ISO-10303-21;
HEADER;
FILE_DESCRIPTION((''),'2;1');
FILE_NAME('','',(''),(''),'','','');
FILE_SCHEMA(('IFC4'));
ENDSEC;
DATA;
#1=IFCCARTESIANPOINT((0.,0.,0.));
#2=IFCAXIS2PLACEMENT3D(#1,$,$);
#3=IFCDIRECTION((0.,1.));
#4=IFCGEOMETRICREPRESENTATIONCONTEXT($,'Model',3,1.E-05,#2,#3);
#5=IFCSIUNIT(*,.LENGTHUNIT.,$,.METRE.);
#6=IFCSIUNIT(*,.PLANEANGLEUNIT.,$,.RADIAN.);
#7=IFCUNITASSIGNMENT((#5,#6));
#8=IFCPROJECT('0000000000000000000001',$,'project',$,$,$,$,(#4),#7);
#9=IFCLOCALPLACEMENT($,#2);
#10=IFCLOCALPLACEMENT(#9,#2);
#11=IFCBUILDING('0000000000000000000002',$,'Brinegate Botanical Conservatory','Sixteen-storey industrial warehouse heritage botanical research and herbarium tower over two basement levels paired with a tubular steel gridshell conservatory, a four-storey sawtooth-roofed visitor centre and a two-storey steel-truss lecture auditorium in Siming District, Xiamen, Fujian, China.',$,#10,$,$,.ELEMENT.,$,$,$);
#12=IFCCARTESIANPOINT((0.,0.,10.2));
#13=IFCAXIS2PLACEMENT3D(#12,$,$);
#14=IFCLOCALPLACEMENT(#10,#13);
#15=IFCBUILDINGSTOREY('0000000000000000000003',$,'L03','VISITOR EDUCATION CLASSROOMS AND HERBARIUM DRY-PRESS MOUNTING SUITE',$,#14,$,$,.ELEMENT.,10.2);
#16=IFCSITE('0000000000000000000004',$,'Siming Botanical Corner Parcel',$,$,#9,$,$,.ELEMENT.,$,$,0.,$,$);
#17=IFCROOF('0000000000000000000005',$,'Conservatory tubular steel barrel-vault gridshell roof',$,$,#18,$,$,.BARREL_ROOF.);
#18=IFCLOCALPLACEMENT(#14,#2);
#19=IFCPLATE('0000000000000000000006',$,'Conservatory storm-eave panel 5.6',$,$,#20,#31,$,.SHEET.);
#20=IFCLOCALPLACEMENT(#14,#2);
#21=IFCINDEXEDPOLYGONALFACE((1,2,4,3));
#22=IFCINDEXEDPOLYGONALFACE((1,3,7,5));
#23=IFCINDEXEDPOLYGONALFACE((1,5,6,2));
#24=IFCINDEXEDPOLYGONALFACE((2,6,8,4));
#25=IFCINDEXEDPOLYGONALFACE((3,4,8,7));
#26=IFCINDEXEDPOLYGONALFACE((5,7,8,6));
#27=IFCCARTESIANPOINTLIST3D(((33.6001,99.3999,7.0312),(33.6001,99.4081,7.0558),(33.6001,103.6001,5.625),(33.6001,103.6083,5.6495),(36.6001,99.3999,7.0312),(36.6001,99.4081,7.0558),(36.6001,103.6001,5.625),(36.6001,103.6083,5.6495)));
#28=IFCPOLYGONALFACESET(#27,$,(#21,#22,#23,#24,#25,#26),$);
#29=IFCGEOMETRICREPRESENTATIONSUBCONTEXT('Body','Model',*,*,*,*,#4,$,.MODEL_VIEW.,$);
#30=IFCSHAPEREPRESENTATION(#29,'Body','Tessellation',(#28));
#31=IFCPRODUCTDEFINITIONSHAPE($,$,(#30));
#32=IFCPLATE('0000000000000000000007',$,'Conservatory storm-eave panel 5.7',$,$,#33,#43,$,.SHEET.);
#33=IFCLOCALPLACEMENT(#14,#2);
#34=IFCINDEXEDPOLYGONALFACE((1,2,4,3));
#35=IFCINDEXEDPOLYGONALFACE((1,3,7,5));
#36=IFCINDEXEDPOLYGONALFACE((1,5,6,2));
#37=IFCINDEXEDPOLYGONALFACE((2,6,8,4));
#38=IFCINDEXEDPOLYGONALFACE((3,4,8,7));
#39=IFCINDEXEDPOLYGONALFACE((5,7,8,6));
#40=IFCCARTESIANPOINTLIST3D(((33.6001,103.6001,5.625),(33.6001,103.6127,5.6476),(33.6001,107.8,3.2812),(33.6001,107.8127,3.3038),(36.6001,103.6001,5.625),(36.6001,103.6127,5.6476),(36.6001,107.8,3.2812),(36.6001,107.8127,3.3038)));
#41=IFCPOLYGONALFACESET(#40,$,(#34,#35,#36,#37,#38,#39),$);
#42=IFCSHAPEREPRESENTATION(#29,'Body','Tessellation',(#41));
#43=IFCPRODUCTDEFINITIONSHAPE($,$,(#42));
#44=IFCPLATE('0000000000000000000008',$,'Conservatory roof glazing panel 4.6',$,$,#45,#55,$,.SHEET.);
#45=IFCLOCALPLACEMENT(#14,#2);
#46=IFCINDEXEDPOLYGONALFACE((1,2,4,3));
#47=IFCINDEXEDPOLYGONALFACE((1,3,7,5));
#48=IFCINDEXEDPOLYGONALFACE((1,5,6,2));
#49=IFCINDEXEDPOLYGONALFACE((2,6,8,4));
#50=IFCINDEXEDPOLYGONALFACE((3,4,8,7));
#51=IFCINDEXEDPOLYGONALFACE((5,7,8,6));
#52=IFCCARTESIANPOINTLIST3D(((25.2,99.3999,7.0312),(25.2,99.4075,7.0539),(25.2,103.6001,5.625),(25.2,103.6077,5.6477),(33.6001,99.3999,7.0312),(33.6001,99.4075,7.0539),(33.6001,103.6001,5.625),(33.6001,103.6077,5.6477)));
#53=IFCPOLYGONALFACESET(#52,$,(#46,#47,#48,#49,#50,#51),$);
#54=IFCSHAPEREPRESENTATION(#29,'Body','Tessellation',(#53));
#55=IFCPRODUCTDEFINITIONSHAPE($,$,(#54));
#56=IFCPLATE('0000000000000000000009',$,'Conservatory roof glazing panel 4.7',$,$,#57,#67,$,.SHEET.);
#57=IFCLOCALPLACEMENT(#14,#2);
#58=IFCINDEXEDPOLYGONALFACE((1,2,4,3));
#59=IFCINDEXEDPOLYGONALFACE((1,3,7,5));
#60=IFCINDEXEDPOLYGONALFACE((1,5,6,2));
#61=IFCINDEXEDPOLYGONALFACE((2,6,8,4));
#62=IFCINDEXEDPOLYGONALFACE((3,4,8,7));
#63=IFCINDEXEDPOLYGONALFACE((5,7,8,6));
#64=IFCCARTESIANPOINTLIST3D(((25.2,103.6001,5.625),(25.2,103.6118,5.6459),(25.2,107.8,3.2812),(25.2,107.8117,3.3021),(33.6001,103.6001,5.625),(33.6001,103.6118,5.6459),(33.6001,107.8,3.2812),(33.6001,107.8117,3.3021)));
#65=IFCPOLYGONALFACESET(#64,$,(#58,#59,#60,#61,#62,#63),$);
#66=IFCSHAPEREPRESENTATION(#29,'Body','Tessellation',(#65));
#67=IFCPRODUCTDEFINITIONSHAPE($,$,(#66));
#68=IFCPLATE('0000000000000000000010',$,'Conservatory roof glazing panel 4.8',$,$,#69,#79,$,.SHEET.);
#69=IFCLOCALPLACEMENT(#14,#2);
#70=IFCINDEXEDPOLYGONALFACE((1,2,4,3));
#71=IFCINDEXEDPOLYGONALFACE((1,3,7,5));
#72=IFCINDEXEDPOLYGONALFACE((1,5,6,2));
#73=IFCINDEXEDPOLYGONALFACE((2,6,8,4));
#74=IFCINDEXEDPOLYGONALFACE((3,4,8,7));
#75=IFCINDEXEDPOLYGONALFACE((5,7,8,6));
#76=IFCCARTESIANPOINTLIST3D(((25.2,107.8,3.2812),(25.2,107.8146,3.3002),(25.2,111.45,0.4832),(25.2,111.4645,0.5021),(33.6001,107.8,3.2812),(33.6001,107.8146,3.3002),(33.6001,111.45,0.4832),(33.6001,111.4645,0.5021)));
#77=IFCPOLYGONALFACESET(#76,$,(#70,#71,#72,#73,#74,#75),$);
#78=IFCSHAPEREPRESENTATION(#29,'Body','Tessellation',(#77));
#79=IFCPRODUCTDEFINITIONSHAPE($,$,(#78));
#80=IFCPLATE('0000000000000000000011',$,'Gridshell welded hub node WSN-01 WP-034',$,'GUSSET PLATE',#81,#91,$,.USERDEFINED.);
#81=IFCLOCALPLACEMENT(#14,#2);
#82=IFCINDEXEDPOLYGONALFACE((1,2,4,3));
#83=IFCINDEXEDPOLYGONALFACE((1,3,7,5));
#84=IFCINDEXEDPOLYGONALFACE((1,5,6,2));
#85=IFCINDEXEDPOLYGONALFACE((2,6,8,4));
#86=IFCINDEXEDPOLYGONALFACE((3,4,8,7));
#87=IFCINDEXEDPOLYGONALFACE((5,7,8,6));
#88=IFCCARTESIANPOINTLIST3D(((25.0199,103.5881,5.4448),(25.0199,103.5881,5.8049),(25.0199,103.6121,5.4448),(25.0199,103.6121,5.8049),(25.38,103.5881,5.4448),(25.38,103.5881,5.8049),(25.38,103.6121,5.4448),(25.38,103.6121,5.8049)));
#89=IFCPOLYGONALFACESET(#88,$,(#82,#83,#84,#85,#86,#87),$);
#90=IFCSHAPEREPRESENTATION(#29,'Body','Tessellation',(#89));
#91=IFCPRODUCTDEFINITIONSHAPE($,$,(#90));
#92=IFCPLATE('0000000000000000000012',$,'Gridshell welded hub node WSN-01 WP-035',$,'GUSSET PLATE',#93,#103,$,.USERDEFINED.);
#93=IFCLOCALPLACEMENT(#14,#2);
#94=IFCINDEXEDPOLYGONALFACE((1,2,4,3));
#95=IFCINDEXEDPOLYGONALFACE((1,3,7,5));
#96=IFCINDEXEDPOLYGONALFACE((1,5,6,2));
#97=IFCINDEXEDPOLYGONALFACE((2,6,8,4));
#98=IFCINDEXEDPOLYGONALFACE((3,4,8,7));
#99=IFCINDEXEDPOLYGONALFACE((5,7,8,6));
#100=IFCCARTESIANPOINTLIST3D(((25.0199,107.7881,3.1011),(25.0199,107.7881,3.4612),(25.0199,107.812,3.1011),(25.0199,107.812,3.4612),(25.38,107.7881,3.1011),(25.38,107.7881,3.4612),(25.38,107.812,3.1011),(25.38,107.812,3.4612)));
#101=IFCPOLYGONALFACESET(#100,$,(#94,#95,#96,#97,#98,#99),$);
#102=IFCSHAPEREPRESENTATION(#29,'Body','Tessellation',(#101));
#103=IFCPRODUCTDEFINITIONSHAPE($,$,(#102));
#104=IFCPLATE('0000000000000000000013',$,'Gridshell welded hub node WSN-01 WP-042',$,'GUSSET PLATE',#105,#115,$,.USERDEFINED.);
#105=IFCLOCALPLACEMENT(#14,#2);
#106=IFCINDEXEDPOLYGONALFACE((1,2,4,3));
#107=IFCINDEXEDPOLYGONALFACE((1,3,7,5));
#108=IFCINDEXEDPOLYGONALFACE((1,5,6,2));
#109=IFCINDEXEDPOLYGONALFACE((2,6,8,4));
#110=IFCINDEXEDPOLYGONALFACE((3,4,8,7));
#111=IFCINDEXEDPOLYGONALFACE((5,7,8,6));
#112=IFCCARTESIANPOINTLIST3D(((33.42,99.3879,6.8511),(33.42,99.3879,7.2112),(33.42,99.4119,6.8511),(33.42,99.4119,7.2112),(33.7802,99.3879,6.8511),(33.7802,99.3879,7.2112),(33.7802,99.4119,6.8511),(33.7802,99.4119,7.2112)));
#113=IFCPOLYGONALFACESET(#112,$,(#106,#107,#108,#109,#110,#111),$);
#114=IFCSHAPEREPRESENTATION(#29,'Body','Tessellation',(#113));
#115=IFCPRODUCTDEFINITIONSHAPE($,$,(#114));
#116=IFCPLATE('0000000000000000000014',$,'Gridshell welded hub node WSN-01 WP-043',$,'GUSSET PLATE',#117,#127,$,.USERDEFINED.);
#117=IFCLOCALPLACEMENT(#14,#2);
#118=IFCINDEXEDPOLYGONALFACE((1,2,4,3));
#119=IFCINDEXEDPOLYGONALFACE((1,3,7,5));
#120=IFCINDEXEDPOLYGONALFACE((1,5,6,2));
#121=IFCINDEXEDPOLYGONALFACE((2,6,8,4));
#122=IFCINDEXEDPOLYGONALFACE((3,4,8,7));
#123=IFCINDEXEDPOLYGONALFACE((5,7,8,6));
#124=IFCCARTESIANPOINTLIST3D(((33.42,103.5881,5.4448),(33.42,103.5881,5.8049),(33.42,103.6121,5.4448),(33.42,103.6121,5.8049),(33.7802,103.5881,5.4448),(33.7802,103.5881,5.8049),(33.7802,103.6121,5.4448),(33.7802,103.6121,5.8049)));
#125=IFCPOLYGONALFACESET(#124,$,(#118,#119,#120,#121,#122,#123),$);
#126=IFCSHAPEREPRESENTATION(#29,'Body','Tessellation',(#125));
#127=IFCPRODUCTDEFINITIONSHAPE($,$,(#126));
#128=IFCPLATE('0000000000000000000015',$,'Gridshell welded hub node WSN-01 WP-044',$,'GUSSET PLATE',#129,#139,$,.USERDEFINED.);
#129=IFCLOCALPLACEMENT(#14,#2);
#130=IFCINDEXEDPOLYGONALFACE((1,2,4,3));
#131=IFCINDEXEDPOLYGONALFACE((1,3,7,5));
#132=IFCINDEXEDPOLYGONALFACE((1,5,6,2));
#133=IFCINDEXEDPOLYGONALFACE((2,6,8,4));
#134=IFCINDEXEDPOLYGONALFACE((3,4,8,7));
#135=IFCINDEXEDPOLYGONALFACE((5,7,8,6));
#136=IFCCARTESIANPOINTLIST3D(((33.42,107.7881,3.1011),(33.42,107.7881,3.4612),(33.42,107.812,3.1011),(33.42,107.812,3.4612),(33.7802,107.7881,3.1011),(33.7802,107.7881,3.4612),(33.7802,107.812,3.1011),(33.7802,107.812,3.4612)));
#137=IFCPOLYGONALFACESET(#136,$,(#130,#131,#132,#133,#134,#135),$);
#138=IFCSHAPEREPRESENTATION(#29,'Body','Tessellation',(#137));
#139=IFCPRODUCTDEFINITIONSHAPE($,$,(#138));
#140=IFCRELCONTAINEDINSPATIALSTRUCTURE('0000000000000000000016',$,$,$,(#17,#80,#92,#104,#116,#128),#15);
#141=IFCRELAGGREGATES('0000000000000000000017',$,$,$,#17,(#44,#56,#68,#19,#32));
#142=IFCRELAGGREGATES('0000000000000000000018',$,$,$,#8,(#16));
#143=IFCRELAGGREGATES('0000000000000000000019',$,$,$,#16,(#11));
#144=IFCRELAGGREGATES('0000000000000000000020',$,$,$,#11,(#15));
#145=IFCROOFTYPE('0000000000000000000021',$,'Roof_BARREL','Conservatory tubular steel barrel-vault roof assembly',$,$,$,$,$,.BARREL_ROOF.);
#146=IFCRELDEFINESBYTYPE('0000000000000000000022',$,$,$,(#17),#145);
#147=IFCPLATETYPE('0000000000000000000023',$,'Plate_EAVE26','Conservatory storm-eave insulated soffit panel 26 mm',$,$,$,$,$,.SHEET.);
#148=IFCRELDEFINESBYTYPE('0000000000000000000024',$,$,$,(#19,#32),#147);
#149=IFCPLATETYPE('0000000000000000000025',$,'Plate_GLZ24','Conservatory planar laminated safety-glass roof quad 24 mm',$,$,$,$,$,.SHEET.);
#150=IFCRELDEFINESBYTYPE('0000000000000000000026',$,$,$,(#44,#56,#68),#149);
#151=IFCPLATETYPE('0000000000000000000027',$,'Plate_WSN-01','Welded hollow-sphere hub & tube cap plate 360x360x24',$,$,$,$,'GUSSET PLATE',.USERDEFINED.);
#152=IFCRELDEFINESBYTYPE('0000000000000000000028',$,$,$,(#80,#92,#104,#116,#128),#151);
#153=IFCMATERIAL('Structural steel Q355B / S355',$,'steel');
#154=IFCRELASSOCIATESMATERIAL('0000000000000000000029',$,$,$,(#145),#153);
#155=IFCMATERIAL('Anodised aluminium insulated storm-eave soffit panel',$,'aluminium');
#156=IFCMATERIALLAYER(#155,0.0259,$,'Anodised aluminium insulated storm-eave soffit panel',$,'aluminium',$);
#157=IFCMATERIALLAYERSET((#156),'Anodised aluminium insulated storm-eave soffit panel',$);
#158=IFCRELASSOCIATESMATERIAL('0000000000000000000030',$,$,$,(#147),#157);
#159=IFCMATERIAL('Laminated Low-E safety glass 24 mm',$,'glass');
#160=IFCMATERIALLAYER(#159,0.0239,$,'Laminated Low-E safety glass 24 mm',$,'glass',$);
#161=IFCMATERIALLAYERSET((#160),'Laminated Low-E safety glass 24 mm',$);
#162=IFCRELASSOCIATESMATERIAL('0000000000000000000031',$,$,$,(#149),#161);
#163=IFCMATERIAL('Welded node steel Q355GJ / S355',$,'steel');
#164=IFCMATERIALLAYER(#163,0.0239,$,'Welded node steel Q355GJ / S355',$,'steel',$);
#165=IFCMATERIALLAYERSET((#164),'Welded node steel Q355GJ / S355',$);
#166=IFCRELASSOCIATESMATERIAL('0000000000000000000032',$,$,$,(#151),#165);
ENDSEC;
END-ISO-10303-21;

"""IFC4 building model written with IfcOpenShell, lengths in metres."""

from ifc_helpers import new_model, si_unit, direction, frame, origin, origin_2d, place, context, subcontext, project, spatial, polyline, rectangle, outline, extrude, material, layer, layer_set, type_object, element, aggregate, save


model = new_model("IFC4")

# Units and contexts
model_context = context("Model", 3, precision=1e-05, world=origin(), true_north=direction((0.0, 1.0)))
body_context = subcontext(model_context, "Body", "Model", "MODEL_VIEW")
ifc_project = project(units=[si_unit("LENGTHUNIT", "METRE"), si_unit("PLANEANGLEUNIT", "RADIAN")], contexts=[model_context])

# Site, building, storey
site_placement = place(None, origin())
site = spatial("IfcSite", under=ifc_project, at=site_placement, Name="Siming Botanical Corner Parcel", CompositionType="ELEMENT", RefElevation=0.0)
building_placement = place(site_placement, origin())
building = spatial("IfcBuilding", under=site, at=building_placement, Name="Brinegate Botanical Conservatory", Description="Sixteen-storey industrial warehouse heritage botanical research and herbarium tower over two basement levels paired with a tubular steel gridshell conservatory, a four-storey sawtooth-roofed visitor centre and a two-storey steel-truss lecture auditorium in Siming District, Xiamen, Fujian, China.", CompositionType="ELEMENT")
storey_placement = place(building_placement, frame((0.0, 0.0, 10.2)))
storey = spatial("IfcBuildingStorey", under=building, at=storey_placement, Name="L03", Description="VISITOR EDUCATION CLASSROOMS AND HERBARIUM DRY-PRESS MOUNTING SUITE", CompositionType="ELEMENT", Elevation=10.2)

# Shared definitions
ifc_material_1 = material(Name="Structural steel Q355B / S355", Category="steel")

# Shared definitions
ifc_material_2 = material(Name="Welded node steel Q355GJ / S355", Category="steel")

# Roof, plates
roof_type = type_object("IfcRoofType", Name="Roof_BARREL", Description="Conservatory tubular steel barrel-vault roof assembly", PredefinedType="BARREL_ROOF", material=ifc_material_1)
roof_placement = place(storey_placement, origin())
roof = element("IfcRoof", 1, at=roof_placement, inside=storey, type_object=roof_type, Name="Conservatory tubular steel barrel-vault gridshell roof", PredefinedType="BARREL_ROOF")
ifc_material_3 = material(Name="Anodised aluminium insulated storm-eave soffit panel", Category="aluminium")
ifc_layer_1 = layer(ifc_material_3, 0.0259, Name="Anodised aluminium insulated storm-eave soffit panel", Category="aluminium")
ifc_layer_set_1 = layer_set([ifc_layer_1], Name="Anodised aluminium insulated storm-eave soffit panel")
plate_type_1 = type_object("IfcPlateType", Name="Plate_EAVE26", Description="Conservatory storm-eave insulated soffit panel 26 mm", PredefinedType="SHEET", material=ifc_layer_set_1)
plate_1_placement = place(storey_placement, frame((33.6001, 99.3999, 7.0312), z_axis=(0.0, 0.317484, 0.948264), x_axis=(1.0, 0.0, 0.0)))
plate_1 = element("IfcPlate", 2, at=plate_1_placement, type_object=plate_type_1, Name="Conservatory storm-eave panel 5.6", PredefinedType="SHEET", context=body_context, shape_type="SweptSolid", body=[
    extrude(outline(polyline([(0.0, 0.0), (3.0, 0.0), (3.0, 4.4294), (0.0, 4.4294), (0.0, 0.0)])), origin(), (0.0, 0.0, 1.0), 0.0259),
])
plate_2_placement = place(storey_placement, frame((33.6001, 103.6001, 5.625), z_axis=(0.0, 0.487301, 0.873234), x_axis=(1.0, 0.0, 0.0)))
plate_2 = element("IfcPlate", 3, at=plate_2_placement, type_object=plate_type_1, Name="Conservatory storm-eave panel 5.7", PredefinedType="SHEET", context=body_context, shape_type="SweptSolid", body=[
    extrude(outline(polyline([(0.0, 0.0), (3.0, 0.0), (3.0, 4.8097), (0.0, 4.8097), (0.0, 0.0)])), origin(), (0.0, 0.0, 1.0), 0.0259),
])
ifc_material_4 = material(Name="Laminated Low-E safety glass 24 mm", Category="glass")
ifc_layer_2 = layer(ifc_material_4, 0.0239, Name="Laminated Low-E safety glass 24 mm", Category="glass")
ifc_layer_set_2 = layer_set([ifc_layer_2], Name="Laminated Low-E safety glass 24 mm")
plate_type_2 = type_object("IfcPlateType", Name="Plate_GLZ24", Description="Conservatory planar laminated safety-glass roof quad 24 mm", PredefinedType="SHEET", material=ifc_layer_set_2)
plate_3_placement = place(storey_placement, frame((25.2, 99.3999, 7.0312), z_axis=(0.0, 0.317484, 0.948264), x_axis=(1.0, 0.0, 0.0)))
plate_3 = element("IfcPlate", 4, at=plate_3_placement, type_object=plate_type_2, Name="Conservatory roof glazing panel 4.6", PredefinedType="SHEET", context=body_context, shape_type="SweptSolid", body=[
    extrude(outline(polyline([(0.0, 0.0), (8.4001, 0.0), (8.4001, 4.4294), (0.0, 4.4294), (0.0, 0.0)])), origin(), (0.0, 0.0, 1.0), 0.0239),
])
plate_4_placement = place(storey_placement, frame((25.2, 103.6001, 5.625), z_axis=(0.0, 0.487301, 0.873234), x_axis=(1.0, 0.0, 0.0)))
plate_4 = element("IfcPlate", 5, at=plate_4_placement, type_object=plate_type_2, Name="Conservatory roof glazing panel 4.7", PredefinedType="SHEET", context=body_context, shape_type="SweptSolid", body=[
    extrude(outline(polyline([(0.0, 0.0), (8.4001, 0.0), (8.4001, 4.8097), (0.0, 4.8097), (0.0, 0.0)])), origin(), (0.0, 0.0, 1.0), 0.0239),
])
plate_5_placement = place(storey_placement, frame((25.2, 107.8, 3.2812), z_axis=(0.0, 0.608409, 0.793623), x_axis=(1.0, 0.0, 0.0)))
plate_5 = element("IfcPlate", 6, at=plate_5_placement, type_object=plate_type_2, Name="Conservatory roof glazing panel 4.8", PredefinedType="SHEET", context=body_context, shape_type="SweptSolid", body=[
    extrude(outline(polyline([(0.0, 0.0), (8.4001, 0.0), (8.4001, 4.599), (0.0, 4.599), (0.0, 0.0)])), origin(), (0.0, 0.0, 1.0), 0.0239),
])
aggregate(roof, [plate_3, plate_4, plate_5, plate_1, plate_2])

# Plates
ifc_layer_3 = layer(ifc_material_2, 0.0239, Name="Welded node steel Q355GJ / S355", Category="steel")
ifc_layer_set_3 = layer_set([ifc_layer_3], Name="Welded node steel Q355GJ / S355")
plate_type_3 = type_object("IfcPlateType", Name="Plate_WSN-01", Description="Welded hollow-sphere hub & tube cap plate 360x360x24", ElementType="GUSSET PLATE", PredefinedType="USERDEFINED", material=ifc_layer_set_3)
for number, where, z_axis, x_axis, name in (
    (7, (25.2, 103.6001, 5.4448), (0.0, 0.0, 1.0), (1.0, 0.0, 0.0), "Gridshell welded hub node WSN-01 WP-034"),
    (8, (25.2, 107.8, 3.1011), (0.0, 0.0, 1.0), (1.0, 0.0, 0.0), "Gridshell welded hub node WSN-01 WP-035"),
    (9, (33.6001, 99.3999, 6.8511), (0.0, 0.0, 1.0), (1.0, 0.0, 0.0), "Gridshell welded hub node WSN-01 WP-042"),
    (10, (33.6001, 103.6001, 5.4448), (0.0, 0.0, 1.0), (1.0, 0.0, 0.0), "Gridshell welded hub node WSN-01 WP-043"),
    (11, (33.6001, 107.8, 3.1011), (0.0, 0.0, 1.0), (1.0, 0.0, 0.0), "Gridshell welded hub node WSN-01 WP-044"),
):
    element("IfcPlate", number, at=place(storey_placement, frame(where, z_axis=z_axis, x_axis=x_axis)), inside=storey, type_object=plate_type_3, Name=name, ObjectType="GUSSET PLATE", PredefinedType="USERDEFINED", context=body_context, shape_type="SweptSolid", body=[
        extrude(rectangle(XDim=0.3601, YDim=0.0239, at=origin_2d()), origin(), (0.0, 0.0, 1.0), 0.3601),
    ])

save(model, "model.ifc")
